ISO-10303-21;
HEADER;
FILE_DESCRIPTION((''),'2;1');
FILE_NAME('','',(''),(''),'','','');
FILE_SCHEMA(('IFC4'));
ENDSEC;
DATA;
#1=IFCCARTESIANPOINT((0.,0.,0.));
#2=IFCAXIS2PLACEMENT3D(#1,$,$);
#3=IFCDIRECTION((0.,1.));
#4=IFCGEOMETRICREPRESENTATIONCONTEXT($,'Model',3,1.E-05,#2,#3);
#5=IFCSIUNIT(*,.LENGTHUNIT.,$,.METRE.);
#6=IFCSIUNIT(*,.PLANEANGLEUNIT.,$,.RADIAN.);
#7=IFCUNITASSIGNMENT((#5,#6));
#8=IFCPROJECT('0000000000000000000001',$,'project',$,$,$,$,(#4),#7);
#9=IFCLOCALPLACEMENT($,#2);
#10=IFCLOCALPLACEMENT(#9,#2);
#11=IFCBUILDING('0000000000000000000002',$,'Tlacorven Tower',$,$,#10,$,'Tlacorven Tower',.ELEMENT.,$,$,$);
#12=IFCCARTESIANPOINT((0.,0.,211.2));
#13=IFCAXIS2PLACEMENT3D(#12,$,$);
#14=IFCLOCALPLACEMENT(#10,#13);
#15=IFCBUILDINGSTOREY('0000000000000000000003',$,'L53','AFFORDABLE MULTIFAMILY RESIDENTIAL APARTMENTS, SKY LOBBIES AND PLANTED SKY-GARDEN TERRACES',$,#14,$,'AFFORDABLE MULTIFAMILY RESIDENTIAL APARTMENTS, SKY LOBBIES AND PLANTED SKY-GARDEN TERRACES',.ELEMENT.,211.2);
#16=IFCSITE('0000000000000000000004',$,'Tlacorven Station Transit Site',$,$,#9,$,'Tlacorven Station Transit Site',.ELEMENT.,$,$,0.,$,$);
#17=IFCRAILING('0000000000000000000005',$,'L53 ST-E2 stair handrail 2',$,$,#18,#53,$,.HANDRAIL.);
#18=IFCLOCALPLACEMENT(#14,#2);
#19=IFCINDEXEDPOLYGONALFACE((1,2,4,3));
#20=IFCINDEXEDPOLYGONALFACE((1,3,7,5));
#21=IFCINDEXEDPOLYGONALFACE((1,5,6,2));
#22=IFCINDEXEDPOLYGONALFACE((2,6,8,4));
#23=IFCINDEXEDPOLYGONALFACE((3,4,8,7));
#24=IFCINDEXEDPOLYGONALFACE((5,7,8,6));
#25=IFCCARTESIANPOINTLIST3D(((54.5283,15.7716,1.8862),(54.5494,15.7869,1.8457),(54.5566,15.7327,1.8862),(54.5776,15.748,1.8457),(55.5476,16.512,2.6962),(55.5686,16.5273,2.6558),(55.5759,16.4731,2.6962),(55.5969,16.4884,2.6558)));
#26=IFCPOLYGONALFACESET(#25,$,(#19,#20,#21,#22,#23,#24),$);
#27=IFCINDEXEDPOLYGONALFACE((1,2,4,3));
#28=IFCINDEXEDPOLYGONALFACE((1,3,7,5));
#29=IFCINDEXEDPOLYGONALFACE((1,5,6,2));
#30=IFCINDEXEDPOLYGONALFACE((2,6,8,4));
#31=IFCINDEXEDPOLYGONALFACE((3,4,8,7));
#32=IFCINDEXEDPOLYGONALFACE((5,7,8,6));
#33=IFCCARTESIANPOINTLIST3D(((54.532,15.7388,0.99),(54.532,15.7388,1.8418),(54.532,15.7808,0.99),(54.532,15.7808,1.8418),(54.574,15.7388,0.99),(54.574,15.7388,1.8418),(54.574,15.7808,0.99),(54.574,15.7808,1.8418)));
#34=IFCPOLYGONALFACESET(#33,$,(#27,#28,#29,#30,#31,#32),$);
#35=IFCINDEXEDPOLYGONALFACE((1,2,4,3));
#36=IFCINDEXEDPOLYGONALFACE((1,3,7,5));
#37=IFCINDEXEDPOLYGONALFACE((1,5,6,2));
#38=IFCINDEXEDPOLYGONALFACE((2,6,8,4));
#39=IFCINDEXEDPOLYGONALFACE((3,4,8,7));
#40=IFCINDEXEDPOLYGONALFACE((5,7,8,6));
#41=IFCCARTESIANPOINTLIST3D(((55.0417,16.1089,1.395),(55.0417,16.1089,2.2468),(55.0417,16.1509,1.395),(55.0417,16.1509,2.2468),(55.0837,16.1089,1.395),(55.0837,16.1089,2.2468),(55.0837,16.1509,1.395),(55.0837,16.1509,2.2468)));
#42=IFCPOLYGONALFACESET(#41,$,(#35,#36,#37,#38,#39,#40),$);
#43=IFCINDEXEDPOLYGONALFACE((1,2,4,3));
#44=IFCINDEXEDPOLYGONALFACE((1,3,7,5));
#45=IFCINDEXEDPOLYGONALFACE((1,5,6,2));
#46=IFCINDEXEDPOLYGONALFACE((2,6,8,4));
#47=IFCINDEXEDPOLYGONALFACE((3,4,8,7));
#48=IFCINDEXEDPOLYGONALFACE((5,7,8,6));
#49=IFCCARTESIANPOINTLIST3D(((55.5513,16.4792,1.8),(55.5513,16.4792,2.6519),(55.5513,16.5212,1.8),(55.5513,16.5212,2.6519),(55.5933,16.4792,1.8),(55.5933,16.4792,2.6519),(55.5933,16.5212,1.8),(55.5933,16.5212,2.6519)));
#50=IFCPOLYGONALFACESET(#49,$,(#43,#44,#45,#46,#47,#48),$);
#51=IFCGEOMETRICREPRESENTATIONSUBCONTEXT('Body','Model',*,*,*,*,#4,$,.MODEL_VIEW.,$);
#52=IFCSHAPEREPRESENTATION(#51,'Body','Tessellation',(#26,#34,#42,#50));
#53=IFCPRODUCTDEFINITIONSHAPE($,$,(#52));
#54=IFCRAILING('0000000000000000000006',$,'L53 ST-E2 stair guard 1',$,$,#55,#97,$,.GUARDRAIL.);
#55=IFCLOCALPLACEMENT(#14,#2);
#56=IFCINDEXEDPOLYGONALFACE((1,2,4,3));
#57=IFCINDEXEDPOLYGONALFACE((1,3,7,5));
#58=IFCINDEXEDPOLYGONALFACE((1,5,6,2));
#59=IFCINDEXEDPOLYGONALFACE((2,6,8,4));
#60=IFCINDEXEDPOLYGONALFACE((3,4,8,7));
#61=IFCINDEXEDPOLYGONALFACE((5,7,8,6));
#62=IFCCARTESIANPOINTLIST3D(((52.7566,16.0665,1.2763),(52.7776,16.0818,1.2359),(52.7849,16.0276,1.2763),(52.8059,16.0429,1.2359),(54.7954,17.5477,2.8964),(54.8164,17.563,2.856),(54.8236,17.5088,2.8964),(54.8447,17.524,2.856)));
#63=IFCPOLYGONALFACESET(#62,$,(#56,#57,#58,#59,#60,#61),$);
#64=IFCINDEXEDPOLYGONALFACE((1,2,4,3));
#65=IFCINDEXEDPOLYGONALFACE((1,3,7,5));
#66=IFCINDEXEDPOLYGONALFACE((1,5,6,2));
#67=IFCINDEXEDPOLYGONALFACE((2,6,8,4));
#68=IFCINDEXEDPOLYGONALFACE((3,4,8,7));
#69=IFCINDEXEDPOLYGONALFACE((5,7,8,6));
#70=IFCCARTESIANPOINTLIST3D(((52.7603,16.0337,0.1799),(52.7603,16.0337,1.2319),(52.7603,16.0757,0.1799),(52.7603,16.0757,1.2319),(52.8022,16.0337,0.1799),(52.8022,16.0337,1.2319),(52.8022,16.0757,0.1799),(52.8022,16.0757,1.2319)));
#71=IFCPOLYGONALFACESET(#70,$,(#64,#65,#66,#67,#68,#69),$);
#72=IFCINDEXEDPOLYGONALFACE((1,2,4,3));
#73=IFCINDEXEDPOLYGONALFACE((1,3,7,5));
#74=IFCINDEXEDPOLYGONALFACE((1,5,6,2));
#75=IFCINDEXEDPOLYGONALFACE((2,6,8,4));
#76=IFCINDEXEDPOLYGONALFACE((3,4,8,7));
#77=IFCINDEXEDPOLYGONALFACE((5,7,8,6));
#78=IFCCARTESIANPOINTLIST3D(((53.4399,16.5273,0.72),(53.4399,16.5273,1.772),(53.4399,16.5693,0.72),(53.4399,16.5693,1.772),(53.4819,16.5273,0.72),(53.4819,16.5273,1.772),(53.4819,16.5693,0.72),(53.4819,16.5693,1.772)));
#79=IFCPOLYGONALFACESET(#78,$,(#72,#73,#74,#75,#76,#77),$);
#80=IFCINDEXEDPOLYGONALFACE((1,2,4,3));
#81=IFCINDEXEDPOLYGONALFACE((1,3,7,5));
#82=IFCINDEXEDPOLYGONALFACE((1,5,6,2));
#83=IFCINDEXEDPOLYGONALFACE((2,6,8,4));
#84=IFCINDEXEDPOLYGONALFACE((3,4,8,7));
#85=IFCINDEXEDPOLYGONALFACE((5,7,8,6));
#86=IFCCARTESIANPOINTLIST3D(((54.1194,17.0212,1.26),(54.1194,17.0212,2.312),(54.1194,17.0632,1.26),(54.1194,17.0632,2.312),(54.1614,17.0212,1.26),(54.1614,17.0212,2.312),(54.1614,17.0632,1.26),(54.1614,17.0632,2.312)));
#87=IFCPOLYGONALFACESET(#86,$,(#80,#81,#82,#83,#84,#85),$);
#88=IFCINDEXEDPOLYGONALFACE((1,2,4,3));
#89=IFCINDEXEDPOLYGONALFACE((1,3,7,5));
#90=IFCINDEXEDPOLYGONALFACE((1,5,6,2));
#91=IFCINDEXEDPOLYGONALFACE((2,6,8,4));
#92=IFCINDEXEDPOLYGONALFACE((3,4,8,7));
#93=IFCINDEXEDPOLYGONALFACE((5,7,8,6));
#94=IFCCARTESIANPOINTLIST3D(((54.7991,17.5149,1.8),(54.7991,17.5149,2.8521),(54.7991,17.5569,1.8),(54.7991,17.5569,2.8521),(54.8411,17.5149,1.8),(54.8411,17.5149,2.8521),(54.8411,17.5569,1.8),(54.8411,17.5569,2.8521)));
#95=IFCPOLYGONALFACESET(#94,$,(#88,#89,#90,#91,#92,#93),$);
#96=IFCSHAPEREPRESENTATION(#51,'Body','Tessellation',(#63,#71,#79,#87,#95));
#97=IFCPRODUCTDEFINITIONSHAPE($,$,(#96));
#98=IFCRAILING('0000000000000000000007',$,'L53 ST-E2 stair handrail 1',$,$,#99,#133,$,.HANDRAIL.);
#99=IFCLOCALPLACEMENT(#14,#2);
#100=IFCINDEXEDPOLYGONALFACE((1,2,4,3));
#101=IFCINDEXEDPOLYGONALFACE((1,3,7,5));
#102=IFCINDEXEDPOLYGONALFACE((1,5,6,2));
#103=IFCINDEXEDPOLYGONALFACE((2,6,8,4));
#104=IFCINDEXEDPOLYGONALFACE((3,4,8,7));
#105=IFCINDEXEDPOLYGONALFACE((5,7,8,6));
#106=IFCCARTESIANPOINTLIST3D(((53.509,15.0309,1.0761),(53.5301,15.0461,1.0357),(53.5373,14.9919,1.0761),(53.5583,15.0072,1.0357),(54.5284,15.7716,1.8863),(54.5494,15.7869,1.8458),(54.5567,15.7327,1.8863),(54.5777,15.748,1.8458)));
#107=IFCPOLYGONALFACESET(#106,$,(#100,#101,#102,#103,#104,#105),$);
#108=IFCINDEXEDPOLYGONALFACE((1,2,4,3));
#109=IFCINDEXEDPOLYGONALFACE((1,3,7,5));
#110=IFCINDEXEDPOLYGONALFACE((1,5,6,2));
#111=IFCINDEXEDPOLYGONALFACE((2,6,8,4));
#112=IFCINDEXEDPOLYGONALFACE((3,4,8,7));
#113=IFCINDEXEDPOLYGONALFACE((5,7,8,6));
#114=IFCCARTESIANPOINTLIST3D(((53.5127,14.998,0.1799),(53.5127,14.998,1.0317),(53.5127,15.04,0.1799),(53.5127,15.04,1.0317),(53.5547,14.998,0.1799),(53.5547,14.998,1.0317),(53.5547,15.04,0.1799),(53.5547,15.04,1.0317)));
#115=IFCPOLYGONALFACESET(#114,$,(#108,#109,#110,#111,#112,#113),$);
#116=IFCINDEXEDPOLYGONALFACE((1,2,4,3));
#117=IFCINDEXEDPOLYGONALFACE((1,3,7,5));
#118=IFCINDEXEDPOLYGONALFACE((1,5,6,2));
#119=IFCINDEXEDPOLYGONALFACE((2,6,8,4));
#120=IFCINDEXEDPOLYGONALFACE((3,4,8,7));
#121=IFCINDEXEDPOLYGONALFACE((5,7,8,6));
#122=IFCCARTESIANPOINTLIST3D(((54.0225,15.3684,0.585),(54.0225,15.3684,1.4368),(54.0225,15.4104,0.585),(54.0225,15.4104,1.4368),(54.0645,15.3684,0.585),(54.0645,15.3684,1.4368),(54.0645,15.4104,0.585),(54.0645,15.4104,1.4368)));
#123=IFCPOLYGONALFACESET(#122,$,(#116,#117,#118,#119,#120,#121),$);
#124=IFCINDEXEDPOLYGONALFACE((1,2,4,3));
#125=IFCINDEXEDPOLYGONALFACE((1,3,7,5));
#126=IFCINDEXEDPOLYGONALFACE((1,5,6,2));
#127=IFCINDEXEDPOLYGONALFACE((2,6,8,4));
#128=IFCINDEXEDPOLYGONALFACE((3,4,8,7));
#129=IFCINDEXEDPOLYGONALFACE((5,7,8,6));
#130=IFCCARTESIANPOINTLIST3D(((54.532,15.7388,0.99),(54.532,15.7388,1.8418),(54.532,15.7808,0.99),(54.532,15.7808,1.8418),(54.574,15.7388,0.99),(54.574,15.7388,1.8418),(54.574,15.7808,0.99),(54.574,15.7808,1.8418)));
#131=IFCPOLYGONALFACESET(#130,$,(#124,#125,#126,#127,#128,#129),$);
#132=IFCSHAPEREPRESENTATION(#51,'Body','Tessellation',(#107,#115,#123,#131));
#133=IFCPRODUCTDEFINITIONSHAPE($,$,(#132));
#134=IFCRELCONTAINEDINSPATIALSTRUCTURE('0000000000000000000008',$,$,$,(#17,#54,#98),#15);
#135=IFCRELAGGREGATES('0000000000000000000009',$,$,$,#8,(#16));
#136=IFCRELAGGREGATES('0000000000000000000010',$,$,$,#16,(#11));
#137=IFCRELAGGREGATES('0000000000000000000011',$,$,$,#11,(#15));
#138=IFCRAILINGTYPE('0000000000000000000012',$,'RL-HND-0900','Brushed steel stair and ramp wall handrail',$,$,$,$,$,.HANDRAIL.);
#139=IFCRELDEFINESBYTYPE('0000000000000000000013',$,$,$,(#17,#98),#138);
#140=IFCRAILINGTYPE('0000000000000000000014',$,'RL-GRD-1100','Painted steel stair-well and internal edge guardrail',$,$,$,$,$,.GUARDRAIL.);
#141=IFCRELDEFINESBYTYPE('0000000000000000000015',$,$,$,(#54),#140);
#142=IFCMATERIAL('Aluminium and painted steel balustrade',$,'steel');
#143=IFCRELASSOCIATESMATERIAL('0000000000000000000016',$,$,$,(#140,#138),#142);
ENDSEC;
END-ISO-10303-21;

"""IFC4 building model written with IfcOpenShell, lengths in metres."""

from ifc_helpers import new_model, si_unit, direction, frame, origin, origin_2d, place, context, subcontext, project, spatial, rectangle, extrude, source, transform, mapped, material, type_object, element, save


model = new_model("IFC4")

# Units and contexts
model_context = context("Model", 3, precision=1e-05, world=origin(), true_north=direction((0.0, 1.0)))
body_context = subcontext(model_context, "Body", "Model", "MODEL_VIEW")
ifc_project = project(units=[si_unit("LENGTHUNIT", "METRE"), si_unit("PLANEANGLEUNIT", "RADIAN")], contexts=[model_context])

# Site, building, storey
site_placement = place(None, origin())
site = spatial("IfcSite", under=ifc_project, at=site_placement, Name="Tlacorven Station Transit Site", LongName="Tlacorven Station Transit Site", CompositionType="ELEMENT", RefElevation=0.0)
building_placement = place(site_placement, origin())
building = spatial("IfcBuilding", under=site, at=building_placement, Name="Tlacorven Tower", LongName="Tlacorven Tower", CompositionType="ELEMENT")
storey_placement = place(building_placement, frame((0.0, 0.0, 211.2)))
storey = spatial("IfcBuildingStorey", under=building, at=storey_placement, Name="L53", Description="AFFORDABLE MULTIFAMILY RESIDENTIAL APARTMENTS, SKY LOBBIES AND PLANTED SKY-GARDEN TERRACES", LongName="AFFORDABLE MULTIFAMILY RESIDENTIAL APARTMENTS, SKY LOBBIES AND PLANTED SKY-GARDEN TERRACES", CompositionType="ELEMENT", Elevation=211.2)

# Railings
ifc_material_1 = material(Name="Aluminium and painted steel balustrade", Category="steel")
railing_type_1 = type_object("IfcRailingType", Name="RL-GRD-1100", Description="Painted steel stair-well and internal edge guardrail", PredefinedType="GUARDRAIL", material=ifc_material_1)
railing_type_2 = type_object("IfcRailingType", Name="RL-HND-0900", Description="Brushed steel stair and ramp wall handrail", PredefinedType="HANDRAIL", material=ifc_material_1)
shared_shape_1 = source(origin(), body_context, "Body", "SweptSolid", [
    extrude(rectangle(XDim=0.0481, YDim=0.0481, at=origin_2d()), frame((0.0, 0.0, 0.876), z_axis=(0.680516, 0.494373, 0.540827), x_axis=(-0.587745, 0.809046, 0.0)), (0.0, 0.0, 1.0), 1.4978),
    extrude(rectangle(XDim=0.042, YDim=0.042, at=origin_2d()), origin(), (0.0, 0.0, 1.0), 0.8518),
    extrude(rectangle(XDim=0.042, YDim=0.042, at=origin_2d()), frame((0.5098, 0.3701, 0.405)), (0.0, 0.0, 1.0), 0.8518),
    extrude(rectangle(XDim=0.042, YDim=0.042, at=origin_2d()), frame((1.0193, 0.7405, 0.8101)), (0.0, 0.0, 1.0), 0.8518),
])
railing_1_placement = place(storey_placement, frame((54.553, 15.7598, 0.99)))
element("IfcRailing", 1, at=railing_1_placement, inside=storey, type_object=railing_type_2, Name="L53 ST-E2 stair handrail 2", PredefinedType="HANDRAIL", context=body_context, shape_type="MappedRepresentation", body=[
    mapped(shared_shape_1, transform((0.0, 0.0, 0.0), scale=1.0)),
])
shared_shape_2 = source(origin(), body_context, "Body", "SweptSolid", [
    extrude(rectangle(XDim=0.0481, YDim=0.0481, at=origin_2d()), frame((0.0, 0.0, 1.0762), z_axis=(0.680532, 0.494407, 0.540775), x_axis=(-0.587763, 0.809033, 0.0)), (0.0, 0.0, 1.0), 2.9958),
    extrude(rectangle(XDim=0.042, YDim=0.042, at=origin_2d()), origin(), (0.0, 0.0, 1.0), 1.052),
    extrude(rectangle(XDim=0.042, YDim=0.042, at=origin_2d()), frame((0.6797, 0.4937, 0.54)), (0.0, 0.0, 1.0), 1.052),
    extrude(rectangle(XDim=0.042, YDim=0.042, at=origin_2d()), frame((1.3591, 0.9875, 1.0801)), (0.0, 0.0, 1.0), 1.052),
    extrude(rectangle(XDim=0.042, YDim=0.042, at=origin_2d()), frame((2.0388, 1.4812, 1.6201)), (0.0, 0.0, 1.0), 1.052),
])
railing_2_placement = place(storey_placement, frame((52.7812, 16.0547, 0.1799)))
element("IfcRailing", 2, at=railing_2_placement, inside=storey, type_object=railing_type_1, Name="L53 ST-E2 stair guard 1", PredefinedType="GUARDRAIL", context=body_context, shape_type="MappedRepresentation", body=[
    mapped(shared_shape_2, transform((0.0, 0.0, 0.0), scale=1.0)),
])
shared_shape_3 = source(origin(), body_context, "Body", "SweptSolid", [
    extrude(rectangle(XDim=0.0481, YDim=0.0481, at=origin_2d()), frame((0.0, 0.0, 0.876), z_axis=(0.680461, 0.494496, 0.540783), x_axis=(-0.587872, 0.808954, 0.0)), (0.0, 0.0, 1.0), 1.498),
    extrude(rectangle(XDim=0.042, YDim=0.042, at=origin_2d()), origin(), (0.0, 0.0, 1.0), 0.8518),
    extrude(rectangle(XDim=0.042, YDim=0.042, at=origin_2d()), frame((0.5098, 0.3704, 0.405)), (0.0, 0.0, 1.0), 0.8518),
    extrude(rectangle(XDim=0.042, YDim=0.042, at=origin_2d()), frame((1.0193, 0.7407, 0.8101)), (0.0, 0.0, 1.0), 0.8518),
])
railing_3_placement = place(storey_placement, frame((53.5337, 15.019, 0.1799)))
element("IfcRailing", 3, at=railing_3_placement, inside=storey, type_object=railing_type_2, Name="L53 ST-E2 stair handrail 1", PredefinedType="HANDRAIL", context=body_context, shape_type="MappedRepresentation", body=[
    mapped(shared_shape_3, transform((0.0, 0.0, 0.0), scale=1.0)),
])

save(model, "model.ifc")
